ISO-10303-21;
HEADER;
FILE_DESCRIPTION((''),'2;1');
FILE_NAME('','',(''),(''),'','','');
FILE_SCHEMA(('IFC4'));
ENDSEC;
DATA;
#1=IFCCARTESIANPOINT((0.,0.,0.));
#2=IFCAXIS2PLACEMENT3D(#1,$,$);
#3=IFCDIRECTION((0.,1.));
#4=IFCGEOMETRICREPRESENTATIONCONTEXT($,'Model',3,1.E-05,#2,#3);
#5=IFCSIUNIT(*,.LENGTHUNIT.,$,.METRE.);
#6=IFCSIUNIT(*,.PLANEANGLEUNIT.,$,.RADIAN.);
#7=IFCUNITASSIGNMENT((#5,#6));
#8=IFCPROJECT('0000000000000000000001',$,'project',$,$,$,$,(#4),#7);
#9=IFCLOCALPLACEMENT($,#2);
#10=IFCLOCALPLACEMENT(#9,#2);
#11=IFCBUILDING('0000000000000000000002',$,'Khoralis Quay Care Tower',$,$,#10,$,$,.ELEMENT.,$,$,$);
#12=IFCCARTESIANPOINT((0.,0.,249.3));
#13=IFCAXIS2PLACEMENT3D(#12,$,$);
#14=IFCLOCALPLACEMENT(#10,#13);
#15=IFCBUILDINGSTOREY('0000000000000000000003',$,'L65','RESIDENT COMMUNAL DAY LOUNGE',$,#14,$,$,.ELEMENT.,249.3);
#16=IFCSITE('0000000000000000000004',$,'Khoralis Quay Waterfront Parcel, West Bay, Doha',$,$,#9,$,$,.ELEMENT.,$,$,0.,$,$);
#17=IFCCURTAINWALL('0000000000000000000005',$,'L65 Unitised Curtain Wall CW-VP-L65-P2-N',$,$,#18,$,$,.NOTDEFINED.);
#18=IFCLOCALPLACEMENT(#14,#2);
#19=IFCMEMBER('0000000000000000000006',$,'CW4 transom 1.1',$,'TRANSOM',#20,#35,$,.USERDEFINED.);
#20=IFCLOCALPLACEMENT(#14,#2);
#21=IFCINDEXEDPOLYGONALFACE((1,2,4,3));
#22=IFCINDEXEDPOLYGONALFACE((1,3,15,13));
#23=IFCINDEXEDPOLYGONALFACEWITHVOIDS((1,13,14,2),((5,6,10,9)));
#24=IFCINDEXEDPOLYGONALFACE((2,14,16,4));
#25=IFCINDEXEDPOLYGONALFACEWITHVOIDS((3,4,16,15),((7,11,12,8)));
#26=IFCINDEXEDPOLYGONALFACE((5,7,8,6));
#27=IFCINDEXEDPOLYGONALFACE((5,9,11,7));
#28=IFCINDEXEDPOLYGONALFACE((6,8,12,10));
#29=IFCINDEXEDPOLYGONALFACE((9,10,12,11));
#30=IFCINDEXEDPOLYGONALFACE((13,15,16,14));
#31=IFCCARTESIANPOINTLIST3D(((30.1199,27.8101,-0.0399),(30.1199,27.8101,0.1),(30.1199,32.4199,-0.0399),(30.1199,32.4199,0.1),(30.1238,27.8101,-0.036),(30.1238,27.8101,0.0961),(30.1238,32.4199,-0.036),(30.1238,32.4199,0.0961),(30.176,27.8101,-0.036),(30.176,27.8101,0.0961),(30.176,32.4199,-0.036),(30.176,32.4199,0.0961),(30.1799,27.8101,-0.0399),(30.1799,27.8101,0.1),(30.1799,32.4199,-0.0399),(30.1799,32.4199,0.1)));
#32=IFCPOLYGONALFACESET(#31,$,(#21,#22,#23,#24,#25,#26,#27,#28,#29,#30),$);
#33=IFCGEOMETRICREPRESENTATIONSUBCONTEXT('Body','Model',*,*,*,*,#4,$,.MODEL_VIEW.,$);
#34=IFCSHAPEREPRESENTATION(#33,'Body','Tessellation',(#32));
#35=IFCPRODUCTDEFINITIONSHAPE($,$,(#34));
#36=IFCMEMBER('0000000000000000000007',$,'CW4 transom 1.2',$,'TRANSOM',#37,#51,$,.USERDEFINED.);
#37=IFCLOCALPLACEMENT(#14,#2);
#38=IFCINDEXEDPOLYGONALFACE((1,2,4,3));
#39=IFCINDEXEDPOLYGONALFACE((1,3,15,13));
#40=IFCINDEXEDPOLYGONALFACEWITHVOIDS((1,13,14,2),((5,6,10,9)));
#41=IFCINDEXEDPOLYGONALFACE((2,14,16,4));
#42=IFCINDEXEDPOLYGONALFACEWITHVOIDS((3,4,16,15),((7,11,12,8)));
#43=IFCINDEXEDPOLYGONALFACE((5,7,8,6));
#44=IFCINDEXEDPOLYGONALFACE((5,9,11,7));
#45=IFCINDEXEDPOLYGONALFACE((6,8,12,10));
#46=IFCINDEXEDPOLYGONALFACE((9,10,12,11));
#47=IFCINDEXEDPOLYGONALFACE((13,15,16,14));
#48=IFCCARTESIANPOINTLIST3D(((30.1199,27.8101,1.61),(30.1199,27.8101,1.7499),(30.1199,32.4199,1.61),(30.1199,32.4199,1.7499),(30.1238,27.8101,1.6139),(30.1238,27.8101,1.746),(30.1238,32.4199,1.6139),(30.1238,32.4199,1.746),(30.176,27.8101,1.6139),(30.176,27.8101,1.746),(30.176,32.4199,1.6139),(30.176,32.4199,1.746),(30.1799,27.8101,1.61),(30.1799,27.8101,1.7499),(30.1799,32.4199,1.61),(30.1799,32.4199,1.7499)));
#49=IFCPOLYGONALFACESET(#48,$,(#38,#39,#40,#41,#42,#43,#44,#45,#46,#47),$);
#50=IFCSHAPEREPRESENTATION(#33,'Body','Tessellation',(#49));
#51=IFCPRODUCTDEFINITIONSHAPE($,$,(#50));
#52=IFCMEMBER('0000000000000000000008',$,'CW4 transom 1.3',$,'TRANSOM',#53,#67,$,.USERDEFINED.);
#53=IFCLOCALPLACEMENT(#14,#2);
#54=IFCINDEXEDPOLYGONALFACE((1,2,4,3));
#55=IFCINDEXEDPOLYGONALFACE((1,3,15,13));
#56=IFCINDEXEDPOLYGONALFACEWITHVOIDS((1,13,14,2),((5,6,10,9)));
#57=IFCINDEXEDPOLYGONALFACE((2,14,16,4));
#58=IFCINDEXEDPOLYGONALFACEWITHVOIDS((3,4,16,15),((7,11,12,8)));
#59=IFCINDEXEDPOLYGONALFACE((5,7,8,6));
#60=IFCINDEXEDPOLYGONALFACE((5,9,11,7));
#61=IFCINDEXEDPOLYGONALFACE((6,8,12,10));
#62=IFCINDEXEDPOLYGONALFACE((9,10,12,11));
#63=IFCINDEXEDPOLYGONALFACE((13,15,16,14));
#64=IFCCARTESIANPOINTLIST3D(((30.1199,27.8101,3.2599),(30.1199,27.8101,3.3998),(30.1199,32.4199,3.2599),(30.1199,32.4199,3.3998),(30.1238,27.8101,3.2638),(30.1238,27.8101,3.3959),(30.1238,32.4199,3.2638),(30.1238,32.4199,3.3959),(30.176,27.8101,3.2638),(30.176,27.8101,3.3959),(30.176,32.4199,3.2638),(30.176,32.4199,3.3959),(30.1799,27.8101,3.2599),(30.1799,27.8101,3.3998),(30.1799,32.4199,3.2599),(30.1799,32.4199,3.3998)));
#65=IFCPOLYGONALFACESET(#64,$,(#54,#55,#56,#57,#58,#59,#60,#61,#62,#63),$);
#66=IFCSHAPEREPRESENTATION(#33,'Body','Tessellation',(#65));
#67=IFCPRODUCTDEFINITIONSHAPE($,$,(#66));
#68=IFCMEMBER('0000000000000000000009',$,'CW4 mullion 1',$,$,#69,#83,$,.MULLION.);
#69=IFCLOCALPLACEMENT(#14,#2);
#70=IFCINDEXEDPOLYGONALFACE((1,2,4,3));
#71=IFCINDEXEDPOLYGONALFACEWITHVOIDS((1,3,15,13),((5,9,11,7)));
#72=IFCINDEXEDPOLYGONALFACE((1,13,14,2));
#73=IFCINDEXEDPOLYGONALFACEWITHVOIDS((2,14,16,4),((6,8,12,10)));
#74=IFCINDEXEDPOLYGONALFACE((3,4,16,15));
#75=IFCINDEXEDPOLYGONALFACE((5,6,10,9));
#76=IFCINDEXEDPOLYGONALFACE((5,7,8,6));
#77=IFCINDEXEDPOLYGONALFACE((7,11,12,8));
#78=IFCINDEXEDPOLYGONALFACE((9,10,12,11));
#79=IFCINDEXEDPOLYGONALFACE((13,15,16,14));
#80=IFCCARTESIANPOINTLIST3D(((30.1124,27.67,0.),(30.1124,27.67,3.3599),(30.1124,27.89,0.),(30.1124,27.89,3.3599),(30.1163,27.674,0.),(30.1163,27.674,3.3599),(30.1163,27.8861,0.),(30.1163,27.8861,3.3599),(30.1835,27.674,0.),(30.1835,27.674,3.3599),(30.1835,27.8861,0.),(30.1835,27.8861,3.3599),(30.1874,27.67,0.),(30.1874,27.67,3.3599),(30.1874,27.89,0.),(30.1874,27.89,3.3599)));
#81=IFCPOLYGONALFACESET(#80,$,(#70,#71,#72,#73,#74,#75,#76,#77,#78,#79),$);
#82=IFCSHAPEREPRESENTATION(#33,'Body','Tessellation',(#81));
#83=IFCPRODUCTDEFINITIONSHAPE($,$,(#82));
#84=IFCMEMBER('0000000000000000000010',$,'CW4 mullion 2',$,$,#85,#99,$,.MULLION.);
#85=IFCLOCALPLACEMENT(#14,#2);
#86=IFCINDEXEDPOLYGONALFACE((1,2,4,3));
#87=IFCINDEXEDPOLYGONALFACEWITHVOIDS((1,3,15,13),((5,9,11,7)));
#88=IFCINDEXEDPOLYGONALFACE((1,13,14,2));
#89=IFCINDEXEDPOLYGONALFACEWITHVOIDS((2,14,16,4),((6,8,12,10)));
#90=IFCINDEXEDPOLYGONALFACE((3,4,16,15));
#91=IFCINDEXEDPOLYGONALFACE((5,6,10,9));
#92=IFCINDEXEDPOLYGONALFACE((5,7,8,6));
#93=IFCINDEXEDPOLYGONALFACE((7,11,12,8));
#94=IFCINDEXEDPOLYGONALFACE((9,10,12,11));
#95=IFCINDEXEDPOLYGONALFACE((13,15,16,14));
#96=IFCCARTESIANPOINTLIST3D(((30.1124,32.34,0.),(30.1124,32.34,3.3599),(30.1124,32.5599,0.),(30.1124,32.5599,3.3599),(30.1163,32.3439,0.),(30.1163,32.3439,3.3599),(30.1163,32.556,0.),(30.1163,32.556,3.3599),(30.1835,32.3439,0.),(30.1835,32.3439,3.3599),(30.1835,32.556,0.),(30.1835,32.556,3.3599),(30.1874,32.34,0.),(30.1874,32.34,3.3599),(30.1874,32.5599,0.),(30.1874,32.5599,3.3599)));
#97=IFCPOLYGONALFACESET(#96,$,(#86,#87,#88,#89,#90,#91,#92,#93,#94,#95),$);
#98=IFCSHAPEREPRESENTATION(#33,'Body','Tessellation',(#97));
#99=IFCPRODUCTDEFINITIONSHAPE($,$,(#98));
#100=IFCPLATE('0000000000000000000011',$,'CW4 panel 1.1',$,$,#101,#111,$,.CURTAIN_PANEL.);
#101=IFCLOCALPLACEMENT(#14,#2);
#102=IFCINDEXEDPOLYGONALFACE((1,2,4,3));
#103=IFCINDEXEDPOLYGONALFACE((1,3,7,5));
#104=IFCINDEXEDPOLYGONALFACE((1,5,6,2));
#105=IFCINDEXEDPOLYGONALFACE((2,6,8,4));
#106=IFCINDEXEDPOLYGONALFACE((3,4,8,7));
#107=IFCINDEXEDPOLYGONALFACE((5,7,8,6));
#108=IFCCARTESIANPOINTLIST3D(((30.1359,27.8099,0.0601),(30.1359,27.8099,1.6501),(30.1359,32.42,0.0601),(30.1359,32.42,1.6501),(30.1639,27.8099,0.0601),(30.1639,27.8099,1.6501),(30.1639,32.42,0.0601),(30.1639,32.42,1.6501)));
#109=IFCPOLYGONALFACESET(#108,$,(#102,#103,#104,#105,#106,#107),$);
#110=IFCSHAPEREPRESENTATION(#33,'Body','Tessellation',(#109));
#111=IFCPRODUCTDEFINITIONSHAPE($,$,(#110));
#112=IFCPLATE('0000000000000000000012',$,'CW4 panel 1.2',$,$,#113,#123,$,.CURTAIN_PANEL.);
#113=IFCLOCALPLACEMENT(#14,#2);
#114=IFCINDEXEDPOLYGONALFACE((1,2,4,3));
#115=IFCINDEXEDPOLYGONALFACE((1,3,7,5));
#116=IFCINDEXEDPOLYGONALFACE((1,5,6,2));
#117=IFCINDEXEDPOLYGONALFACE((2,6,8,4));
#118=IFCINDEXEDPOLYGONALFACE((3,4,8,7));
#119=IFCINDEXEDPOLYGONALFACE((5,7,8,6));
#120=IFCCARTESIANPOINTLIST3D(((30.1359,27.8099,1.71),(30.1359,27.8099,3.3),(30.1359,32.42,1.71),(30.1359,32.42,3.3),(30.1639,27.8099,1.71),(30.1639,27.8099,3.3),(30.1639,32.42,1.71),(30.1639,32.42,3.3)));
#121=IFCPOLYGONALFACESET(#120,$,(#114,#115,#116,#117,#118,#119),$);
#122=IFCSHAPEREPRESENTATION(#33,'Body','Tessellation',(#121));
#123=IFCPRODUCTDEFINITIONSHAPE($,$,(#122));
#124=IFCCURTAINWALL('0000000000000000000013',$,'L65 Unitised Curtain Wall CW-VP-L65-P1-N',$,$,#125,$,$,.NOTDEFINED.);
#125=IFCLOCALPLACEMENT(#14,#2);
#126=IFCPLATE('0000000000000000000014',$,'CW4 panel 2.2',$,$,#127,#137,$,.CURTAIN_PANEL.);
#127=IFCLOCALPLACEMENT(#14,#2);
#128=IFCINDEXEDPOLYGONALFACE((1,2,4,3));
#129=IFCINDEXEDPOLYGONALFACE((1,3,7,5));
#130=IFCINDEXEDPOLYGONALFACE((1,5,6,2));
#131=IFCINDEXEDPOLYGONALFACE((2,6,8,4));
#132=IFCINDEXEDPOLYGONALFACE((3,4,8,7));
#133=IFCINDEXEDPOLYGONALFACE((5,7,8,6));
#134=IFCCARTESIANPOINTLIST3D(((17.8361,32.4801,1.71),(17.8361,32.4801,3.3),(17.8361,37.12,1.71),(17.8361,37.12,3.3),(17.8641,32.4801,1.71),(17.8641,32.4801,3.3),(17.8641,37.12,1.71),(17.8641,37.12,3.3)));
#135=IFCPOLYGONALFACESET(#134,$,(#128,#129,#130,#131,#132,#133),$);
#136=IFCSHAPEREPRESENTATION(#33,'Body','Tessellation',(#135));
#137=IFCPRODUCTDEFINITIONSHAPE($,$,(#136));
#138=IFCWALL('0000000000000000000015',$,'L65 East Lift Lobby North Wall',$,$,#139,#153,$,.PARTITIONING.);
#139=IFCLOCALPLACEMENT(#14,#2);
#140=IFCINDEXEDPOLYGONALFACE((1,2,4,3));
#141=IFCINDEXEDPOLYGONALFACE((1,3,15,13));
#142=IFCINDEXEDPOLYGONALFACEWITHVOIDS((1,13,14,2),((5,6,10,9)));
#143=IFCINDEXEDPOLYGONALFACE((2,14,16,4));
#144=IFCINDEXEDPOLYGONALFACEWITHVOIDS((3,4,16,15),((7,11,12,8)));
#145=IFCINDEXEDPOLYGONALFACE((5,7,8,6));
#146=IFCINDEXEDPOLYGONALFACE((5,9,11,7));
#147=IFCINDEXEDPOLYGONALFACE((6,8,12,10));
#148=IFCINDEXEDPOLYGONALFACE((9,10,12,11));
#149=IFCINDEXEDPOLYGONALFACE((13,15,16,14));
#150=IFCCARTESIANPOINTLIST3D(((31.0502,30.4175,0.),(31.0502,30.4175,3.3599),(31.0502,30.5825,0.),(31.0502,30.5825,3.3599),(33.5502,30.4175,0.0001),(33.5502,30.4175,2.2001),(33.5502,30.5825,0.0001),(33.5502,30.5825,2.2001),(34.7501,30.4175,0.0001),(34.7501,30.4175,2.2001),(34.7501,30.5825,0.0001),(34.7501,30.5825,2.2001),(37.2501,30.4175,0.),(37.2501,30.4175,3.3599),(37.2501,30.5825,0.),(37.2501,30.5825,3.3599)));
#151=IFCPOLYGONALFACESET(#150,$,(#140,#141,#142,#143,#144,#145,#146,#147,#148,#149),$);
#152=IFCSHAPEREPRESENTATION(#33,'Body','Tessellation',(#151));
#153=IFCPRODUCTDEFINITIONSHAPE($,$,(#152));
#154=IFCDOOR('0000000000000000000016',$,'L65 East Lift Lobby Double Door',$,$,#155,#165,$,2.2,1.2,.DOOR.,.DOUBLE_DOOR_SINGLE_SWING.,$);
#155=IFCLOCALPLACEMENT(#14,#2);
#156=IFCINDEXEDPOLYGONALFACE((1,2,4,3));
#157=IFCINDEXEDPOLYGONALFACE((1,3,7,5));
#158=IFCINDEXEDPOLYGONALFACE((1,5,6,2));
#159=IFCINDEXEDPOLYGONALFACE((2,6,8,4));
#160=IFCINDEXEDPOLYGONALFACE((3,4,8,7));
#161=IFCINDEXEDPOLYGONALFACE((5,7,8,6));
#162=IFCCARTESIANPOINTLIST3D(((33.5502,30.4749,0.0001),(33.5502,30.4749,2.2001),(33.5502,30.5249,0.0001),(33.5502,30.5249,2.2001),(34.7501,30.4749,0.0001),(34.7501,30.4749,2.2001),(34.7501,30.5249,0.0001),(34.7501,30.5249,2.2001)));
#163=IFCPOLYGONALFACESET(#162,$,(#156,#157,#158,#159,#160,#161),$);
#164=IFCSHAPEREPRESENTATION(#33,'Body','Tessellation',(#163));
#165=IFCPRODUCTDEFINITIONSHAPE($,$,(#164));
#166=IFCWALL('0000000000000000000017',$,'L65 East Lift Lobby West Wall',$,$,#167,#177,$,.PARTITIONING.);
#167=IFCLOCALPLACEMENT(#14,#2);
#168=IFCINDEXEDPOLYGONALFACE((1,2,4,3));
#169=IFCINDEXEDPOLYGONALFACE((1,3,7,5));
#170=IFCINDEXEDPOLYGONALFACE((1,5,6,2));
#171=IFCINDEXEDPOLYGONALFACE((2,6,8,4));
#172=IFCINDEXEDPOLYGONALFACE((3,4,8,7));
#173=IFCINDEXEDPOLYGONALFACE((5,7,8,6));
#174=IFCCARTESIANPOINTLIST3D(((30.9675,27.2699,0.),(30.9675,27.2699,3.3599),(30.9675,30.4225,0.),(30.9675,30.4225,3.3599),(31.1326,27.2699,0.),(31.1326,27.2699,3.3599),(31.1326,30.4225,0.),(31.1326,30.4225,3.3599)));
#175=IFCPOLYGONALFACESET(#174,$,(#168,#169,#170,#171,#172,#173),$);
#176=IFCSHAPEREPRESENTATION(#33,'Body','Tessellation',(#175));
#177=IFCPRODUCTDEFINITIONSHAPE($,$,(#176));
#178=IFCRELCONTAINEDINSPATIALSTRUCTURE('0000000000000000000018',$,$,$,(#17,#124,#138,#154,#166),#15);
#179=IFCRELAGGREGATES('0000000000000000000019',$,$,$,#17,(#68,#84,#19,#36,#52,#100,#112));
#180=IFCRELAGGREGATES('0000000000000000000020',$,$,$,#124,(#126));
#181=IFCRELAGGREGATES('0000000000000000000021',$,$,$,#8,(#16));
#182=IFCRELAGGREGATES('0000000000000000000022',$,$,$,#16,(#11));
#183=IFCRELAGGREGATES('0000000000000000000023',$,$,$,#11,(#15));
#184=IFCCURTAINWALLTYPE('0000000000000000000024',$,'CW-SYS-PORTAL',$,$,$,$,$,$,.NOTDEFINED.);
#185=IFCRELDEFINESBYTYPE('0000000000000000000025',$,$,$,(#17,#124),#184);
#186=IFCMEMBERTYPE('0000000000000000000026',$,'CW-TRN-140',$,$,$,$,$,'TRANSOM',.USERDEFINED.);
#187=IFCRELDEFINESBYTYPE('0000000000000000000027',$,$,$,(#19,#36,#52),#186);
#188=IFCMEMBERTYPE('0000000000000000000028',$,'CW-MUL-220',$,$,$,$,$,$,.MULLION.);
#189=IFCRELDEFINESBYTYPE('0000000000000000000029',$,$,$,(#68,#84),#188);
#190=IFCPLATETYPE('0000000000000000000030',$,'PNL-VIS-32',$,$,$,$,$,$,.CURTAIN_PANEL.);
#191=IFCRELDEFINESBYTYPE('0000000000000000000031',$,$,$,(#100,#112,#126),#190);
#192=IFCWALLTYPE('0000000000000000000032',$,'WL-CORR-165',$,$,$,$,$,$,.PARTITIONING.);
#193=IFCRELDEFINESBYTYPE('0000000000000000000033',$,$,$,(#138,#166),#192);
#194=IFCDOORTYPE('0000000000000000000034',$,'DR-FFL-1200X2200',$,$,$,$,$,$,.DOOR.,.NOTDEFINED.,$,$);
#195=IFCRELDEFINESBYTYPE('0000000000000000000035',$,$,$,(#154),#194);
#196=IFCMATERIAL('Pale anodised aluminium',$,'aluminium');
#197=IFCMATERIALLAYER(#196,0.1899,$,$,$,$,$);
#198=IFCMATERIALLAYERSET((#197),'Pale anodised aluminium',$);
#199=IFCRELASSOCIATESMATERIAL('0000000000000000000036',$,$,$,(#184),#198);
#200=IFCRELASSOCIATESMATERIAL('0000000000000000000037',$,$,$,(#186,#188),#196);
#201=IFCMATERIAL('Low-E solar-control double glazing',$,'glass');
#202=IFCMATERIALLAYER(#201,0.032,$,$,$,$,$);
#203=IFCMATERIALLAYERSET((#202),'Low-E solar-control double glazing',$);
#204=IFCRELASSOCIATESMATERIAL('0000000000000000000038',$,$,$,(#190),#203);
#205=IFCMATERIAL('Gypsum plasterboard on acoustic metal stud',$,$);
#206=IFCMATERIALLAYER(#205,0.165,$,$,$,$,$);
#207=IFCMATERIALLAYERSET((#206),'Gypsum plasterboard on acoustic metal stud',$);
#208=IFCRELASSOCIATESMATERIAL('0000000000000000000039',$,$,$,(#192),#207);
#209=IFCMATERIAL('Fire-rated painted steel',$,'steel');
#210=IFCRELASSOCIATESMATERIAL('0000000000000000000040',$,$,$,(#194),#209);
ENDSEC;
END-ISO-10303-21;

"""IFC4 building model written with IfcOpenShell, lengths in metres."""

from ifc_helpers import new_model, si_unit, direction, frame, frame_2d, origin, origin_2d, place, context, subcontext, project, spatial, rectangle, hollow_rectangle, extrude, source, transform, mapped, material, layer, layer_set, material_profile, profile_set, type_object, element, fill, aggregate, save


model = new_model("IFC4")

# Units and contexts
model_context = context("Model", 3, precision=1e-05, world=origin(), true_north=direction((0.0, 1.0)))
body_context = subcontext(model_context, "Body", "Model", "MODEL_VIEW")
ifc_project = project(units=[si_unit("LENGTHUNIT", "METRE"), si_unit("PLANEANGLEUNIT", "RADIAN")], contexts=[model_context])

# Site, building, storey
site_placement = place(None, origin())
site = spatial("IfcSite", under=ifc_project, at=site_placement, Name="Khoralis Quay Waterfront Parcel, West Bay, Doha", CompositionType="ELEMENT", RefElevation=0.0)
building_placement = place(site_placement, origin())
building = spatial("IfcBuilding", under=site, at=building_placement, Name="Khoralis Quay Care Tower", CompositionType="ELEMENT")
storey_placement = place(building_placement, frame((0.0, 0.0, 249.3)))
storey = spatial("IfcBuildingStorey", under=building, at=storey_placement, Name="L65", Description="RESIDENT COMMUNAL DAY LOUNGE", CompositionType="ELEMENT", Elevation=249.3)

# Curtain wall, members, plates
ifc_material_1 = material(Name="Pale anodised aluminium", Category="aluminium")
ifc_layer_1 = layer(ifc_material_1, 0.1899)
ifc_layer_set_1 = layer_set([ifc_layer_1], Name="Pale anodised aluminium")
curtain_wall_type = type_object("IfcCurtainWallType", Name="CW-SYS-PORTAL", PredefinedType="NOTDEFINED", material=ifc_layer_set_1)
curtain_wall_1_placement = place(storey_placement, origin())
curtain_wall_1 = element("IfcCurtainWall", 1, at=curtain_wall_1_placement, inside=storey, type_object=curtain_wall_type, Name="L65 Unitised Curtain Wall CW-VP-L65-P2-N", PredefinedType="NOTDEFINED")
ifc_material_profile_1 = material_profile(ifc_material_1, hollow_rectangle(XDim=0.0601, YDim=0.1399, WallThickness=0.0039, at=origin_2d()), Name="Pale anodised aluminium")
ifc_profile_set_1 = profile_set([ifc_material_profile_1], Name="Pale anodised aluminium")
member_type_1 = type_object("IfcMemberType", Name="CW-TRN-140", ElementType="TRANSOM", PredefinedType="USERDEFINED", material=ifc_profile_set_1)
shared_shape_1 = source(origin(), body_context, "Body", "SweptSolid", [
    extrude(hollow_rectangle(XDim=0.0601, YDim=0.1399, WallThickness=0.0039, at=origin_2d()), origin(), (0.0, 0.0, 1.0), 4.6099),
])
member_1_placement = place(storey_placement, frame((30.1499, 27.8101, 0.03), z_axis=(0.0, 1.0, 0.0), x_axis=(-1.0, 0.0, 0.0)))
member_1 = element("IfcMember", 2, at=member_1_placement, type_object=member_type_1, Name="CW4 transom 1.1", ObjectType="TRANSOM", PredefinedType="USERDEFINED", context=body_context, shape_type="MappedRepresentation", body=[
    mapped(shared_shape_1, transform((0.0, 0.0, 0.0), scale=1.0)),
])
member_2_placement = place(storey_placement, frame((30.1499, 27.8101, 1.6799), z_axis=(0.0, 1.0, 0.0), x_axis=(-1.0, 0.0, 0.0)))
member_2 = element("IfcMember", 3, at=member_2_placement, type_object=member_type_1, Name="CW4 transom 1.2", ObjectType="TRANSOM", PredefinedType="USERDEFINED", context=body_context, shape_type="MappedRepresentation", body=[
    mapped(shared_shape_1, transform((0.0, 0.0, 0.0), scale=1.0)),
])
member_3_placement = place(storey_placement, frame((30.1499, 27.8101, 3.3298), z_axis=(0.0, 1.0, 0.0), x_axis=(-1.0, 0.0, 0.0)))
member_3 = element("IfcMember", 4, at=member_3_placement, type_object=member_type_1, Name="CW4 transom 1.3", ObjectType="TRANSOM", PredefinedType="USERDEFINED", context=body_context, shape_type="MappedRepresentation", body=[
    mapped(shared_shape_1, transform((0.0, 0.0, 0.0), scale=1.0)),
])
ifc_material_profile_2 = material_profile(ifc_material_1, hollow_rectangle(XDim=0.075, YDim=0.22, WallThickness=0.0039, at=origin_2d()), Name="Pale anodised aluminium")
ifc_profile_set_2 = profile_set([ifc_material_profile_2], Name="Pale anodised aluminium")
member_type_2 = type_object("IfcMemberType", Name="CW-MUL-220", PredefinedType="MULLION", material=ifc_profile_set_2)
shared_shape_2 = source(origin(), body_context, "Body", "SweptSolid", [
    extrude(hollow_rectangle(XDim=0.075, YDim=0.22, WallThickness=0.0039, at=origin_2d()), origin(), (0.0, 0.0, 1.0), 3.3599),
])
member_4_placement = place(storey_placement, frame((30.1499, 27.78, 0.0), z_axis=(0.0, 0.0, 1.0), x_axis=(-1.0, 0.0, 0.0)))
member_4 = element("IfcMember", 5, at=member_4_placement, type_object=member_type_2, Name="CW4 mullion 1", PredefinedType="MULLION", context=body_context, shape_type="MappedRepresentation", body=[
    mapped(shared_shape_2, transform((0.0, 0.0, 0.0), scale=1.0)),
])
member_5_placement = place(storey_placement, frame((30.1499, 32.45, 0.0), z_axis=(0.0, 0.0, 1.0), x_axis=(-1.0, 0.0, 0.0)))
member_5 = element("IfcMember", 6, at=member_5_placement, type_object=member_type_2, Name="CW4 mullion 2", PredefinedType="MULLION", context=body_context, shape_type="MappedRepresentation", body=[
    mapped(shared_shape_2, transform((0.0, 0.0, 0.0), scale=1.0)),
])
ifc_material_2 = material(Name="Low-E solar-control double glazing", Category="glass")
ifc_layer_2 = layer(ifc_material_2, 0.032)
ifc_layer_set_2 = layer_set([ifc_layer_2], Name="Low-E solar-control double glazing")
plate_type = type_object("IfcPlateType", Name="PNL-VIS-32", PredefinedType="CURTAIN_PANEL", material=ifc_layer_set_2)
shared_shape_3 = source(origin(), body_context, "Body", "SweptSolid", [
    extrude(rectangle(XDim=4.6101, YDim=0.0281, at=origin_2d()), origin(), (0.0, 0.0, 1.0), 1.5901),
])
plate_1_placement = place(storey_placement, frame((30.1499, 30.115, 0.0601), z_axis=(0.0, 0.0, 1.0), x_axis=(0.0, 1.0, 0.0)))
plate_1 = element("IfcPlate", 7, at=plate_1_placement, type_object=plate_type, Name="CW4 panel 1.1", PredefinedType="CURTAIN_PANEL", context=body_context, shape_type="MappedRepresentation", body=[
    mapped(shared_shape_3, transform((0.0, 0.0, 0.0), scale=1.0)),
])
plate_2_placement = place(storey_placement, frame((30.1499, 30.115, 1.71), z_axis=(0.0, 0.0, 1.0), x_axis=(0.0, 1.0, 0.0)))
plate_2 = element("IfcPlate", 8, at=plate_2_placement, type_object=plate_type, Name="CW4 panel 1.2", PredefinedType="CURTAIN_PANEL", context=body_context, shape_type="MappedRepresentation", body=[
    mapped(shared_shape_3, transform((0.0, 0.0, 0.0), scale=1.0)),
])
aggregate(curtain_wall_1, [member_4, member_5, member_1, member_2, member_3, plate_1, plate_2])

# Curtain wall, plate
curtain_wall_2_placement = place(storey_placement, origin())
curtain_wall_2 = element("IfcCurtainWall", 9, at=curtain_wall_2_placement, inside=storey, type_object=curtain_wall_type, Name="L65 Unitised Curtain Wall CW-VP-L65-P1-N", PredefinedType="NOTDEFINED")
shared_shape_4 = source(origin(), body_context, "Body", "SweptSolid", [
    extrude(rectangle(XDim=4.6399, YDim=0.0281, at=origin_2d()), origin(), (0.0, 0.0, 1.0), 1.5901),
])
plate_3_placement = place(storey_placement, frame((17.8501, 34.8, 1.71), z_axis=(0.0, 0.0, 1.0), x_axis=(0.0, 1.0, 0.0)))
plate_3 = element("IfcPlate", 10, at=plate_3_placement, type_object=plate_type, Name="CW4 panel 2.2", PredefinedType="CURTAIN_PANEL", context=body_context, shape_type="MappedRepresentation", body=[
    mapped(shared_shape_4, transform((0.0, 0.0, 0.0), scale=1.0)),
])
aggregate(curtain_wall_2, [plate_3])

# Wall, opening, door
ifc_material_3 = material(Name="Gypsum plasterboard on acoustic metal stud")
ifc_layer_3 = layer(ifc_material_3, 0.165)
ifc_layer_set_3 = layer_set([ifc_layer_3], Name="Gypsum plasterboard on acoustic metal stud")
wall_type_1 = type_object("IfcWallType", Name="WL-CORR-165", PredefinedType="PARTITIONING", material=ifc_layer_set_3)
wall_1_placement = place(storey_placement, frame((31.05, 30.5, 0.0), z_axis=(0.0, 0.0, 1.0), x_axis=(1.0, 0.0, 0.0)))
wall_1 = element("IfcWall", 11, at=wall_1_placement, inside=storey, type_object=wall_type_1, Name="L65 East Lift Lobby North Wall", PredefinedType="PARTITIONING", context=body_context, shape_type="SweptSolid", body=[
    extrude(rectangle(XDim=6.2, YDim=0.165, at=frame_2d((3.1001, 0.0))), origin(), (0.0, 0.0, 1.0), 3.3599),
])
opening_1_placement = place(wall_1_placement, frame((2.5, 0.0, 0.0)))
opening_1 = element("IfcOpeningElement", 12, at=opening_1_placement, cuts=wall_1, PredefinedType="OPENING", context=body_context, shape_type="SweptSolid", body=[
    extrude(rectangle(XDim=1.2, YDim=2.2, at=frame_2d((0.6001, 1.1001))), frame((0.0, 0.0925, 0.0), z_axis=(0.0, -1.0, 0.0), x_axis=(1.0, 0.0, 0.0)), (0.0, 0.0, 1.0), 0.1851),
])
ifc_material_4 = material(Name="Fire-rated painted steel", Category="steel")
door_type_1 = type_object("IfcDoorType", Name="DR-FFL-1200X2200", OperationType="NOTDEFINED", PredefinedType="DOOR", material=ifc_material_4)
shared_shape_5 = source(origin(), body_context, "Body", "SweptSolid", [
    extrude(rectangle(XDim=1.2, YDim=2.2, at=frame_2d((0.6001, 1.1001))), frame((0.0, 0.0249, 0.0), z_axis=(0.0, -1.0, 0.0), x_axis=(1.0, 0.0, 0.0)), (0.0, 0.0, 1.0), 0.05),
])
door_1_placement = place(opening_1_placement, origin())
door_1 = element("IfcDoor", 13, at=door_1_placement, inside=storey, type_object=door_type_1, Name="L65 East Lift Lobby Double Door", OperationType="DOUBLE_DOOR_SINGLE_SWING", OverallHeight=2.2, OverallWidth=1.2, PredefinedType="DOOR", context=body_context, shape_type="MappedRepresentation", body=[
    mapped(shared_shape_5, transform((0.0, 0.0, 0.0), scale=1.0)),
])
fill(opening_1, door_1)

# Wall
wall_2_placement = place(storey_placement, frame((31.05, 27.27, 0.0), z_axis=(0.0, 0.0, 1.0), x_axis=(0.0, 1.0, 0.0)))
element("IfcWall", 14, at=wall_2_placement, inside=storey, type_object=wall_type_1, Name="L65 East Lift Lobby West Wall", PredefinedType="PARTITIONING", context=body_context, shape_type="SweptSolid", body=[
    extrude(rectangle(XDim=3.1526, YDim=0.165, at=frame_2d((1.5762, 0.0))), origin(), (0.0, 0.0, 1.0), 3.3599),
])

save(model, "model.ifc")
